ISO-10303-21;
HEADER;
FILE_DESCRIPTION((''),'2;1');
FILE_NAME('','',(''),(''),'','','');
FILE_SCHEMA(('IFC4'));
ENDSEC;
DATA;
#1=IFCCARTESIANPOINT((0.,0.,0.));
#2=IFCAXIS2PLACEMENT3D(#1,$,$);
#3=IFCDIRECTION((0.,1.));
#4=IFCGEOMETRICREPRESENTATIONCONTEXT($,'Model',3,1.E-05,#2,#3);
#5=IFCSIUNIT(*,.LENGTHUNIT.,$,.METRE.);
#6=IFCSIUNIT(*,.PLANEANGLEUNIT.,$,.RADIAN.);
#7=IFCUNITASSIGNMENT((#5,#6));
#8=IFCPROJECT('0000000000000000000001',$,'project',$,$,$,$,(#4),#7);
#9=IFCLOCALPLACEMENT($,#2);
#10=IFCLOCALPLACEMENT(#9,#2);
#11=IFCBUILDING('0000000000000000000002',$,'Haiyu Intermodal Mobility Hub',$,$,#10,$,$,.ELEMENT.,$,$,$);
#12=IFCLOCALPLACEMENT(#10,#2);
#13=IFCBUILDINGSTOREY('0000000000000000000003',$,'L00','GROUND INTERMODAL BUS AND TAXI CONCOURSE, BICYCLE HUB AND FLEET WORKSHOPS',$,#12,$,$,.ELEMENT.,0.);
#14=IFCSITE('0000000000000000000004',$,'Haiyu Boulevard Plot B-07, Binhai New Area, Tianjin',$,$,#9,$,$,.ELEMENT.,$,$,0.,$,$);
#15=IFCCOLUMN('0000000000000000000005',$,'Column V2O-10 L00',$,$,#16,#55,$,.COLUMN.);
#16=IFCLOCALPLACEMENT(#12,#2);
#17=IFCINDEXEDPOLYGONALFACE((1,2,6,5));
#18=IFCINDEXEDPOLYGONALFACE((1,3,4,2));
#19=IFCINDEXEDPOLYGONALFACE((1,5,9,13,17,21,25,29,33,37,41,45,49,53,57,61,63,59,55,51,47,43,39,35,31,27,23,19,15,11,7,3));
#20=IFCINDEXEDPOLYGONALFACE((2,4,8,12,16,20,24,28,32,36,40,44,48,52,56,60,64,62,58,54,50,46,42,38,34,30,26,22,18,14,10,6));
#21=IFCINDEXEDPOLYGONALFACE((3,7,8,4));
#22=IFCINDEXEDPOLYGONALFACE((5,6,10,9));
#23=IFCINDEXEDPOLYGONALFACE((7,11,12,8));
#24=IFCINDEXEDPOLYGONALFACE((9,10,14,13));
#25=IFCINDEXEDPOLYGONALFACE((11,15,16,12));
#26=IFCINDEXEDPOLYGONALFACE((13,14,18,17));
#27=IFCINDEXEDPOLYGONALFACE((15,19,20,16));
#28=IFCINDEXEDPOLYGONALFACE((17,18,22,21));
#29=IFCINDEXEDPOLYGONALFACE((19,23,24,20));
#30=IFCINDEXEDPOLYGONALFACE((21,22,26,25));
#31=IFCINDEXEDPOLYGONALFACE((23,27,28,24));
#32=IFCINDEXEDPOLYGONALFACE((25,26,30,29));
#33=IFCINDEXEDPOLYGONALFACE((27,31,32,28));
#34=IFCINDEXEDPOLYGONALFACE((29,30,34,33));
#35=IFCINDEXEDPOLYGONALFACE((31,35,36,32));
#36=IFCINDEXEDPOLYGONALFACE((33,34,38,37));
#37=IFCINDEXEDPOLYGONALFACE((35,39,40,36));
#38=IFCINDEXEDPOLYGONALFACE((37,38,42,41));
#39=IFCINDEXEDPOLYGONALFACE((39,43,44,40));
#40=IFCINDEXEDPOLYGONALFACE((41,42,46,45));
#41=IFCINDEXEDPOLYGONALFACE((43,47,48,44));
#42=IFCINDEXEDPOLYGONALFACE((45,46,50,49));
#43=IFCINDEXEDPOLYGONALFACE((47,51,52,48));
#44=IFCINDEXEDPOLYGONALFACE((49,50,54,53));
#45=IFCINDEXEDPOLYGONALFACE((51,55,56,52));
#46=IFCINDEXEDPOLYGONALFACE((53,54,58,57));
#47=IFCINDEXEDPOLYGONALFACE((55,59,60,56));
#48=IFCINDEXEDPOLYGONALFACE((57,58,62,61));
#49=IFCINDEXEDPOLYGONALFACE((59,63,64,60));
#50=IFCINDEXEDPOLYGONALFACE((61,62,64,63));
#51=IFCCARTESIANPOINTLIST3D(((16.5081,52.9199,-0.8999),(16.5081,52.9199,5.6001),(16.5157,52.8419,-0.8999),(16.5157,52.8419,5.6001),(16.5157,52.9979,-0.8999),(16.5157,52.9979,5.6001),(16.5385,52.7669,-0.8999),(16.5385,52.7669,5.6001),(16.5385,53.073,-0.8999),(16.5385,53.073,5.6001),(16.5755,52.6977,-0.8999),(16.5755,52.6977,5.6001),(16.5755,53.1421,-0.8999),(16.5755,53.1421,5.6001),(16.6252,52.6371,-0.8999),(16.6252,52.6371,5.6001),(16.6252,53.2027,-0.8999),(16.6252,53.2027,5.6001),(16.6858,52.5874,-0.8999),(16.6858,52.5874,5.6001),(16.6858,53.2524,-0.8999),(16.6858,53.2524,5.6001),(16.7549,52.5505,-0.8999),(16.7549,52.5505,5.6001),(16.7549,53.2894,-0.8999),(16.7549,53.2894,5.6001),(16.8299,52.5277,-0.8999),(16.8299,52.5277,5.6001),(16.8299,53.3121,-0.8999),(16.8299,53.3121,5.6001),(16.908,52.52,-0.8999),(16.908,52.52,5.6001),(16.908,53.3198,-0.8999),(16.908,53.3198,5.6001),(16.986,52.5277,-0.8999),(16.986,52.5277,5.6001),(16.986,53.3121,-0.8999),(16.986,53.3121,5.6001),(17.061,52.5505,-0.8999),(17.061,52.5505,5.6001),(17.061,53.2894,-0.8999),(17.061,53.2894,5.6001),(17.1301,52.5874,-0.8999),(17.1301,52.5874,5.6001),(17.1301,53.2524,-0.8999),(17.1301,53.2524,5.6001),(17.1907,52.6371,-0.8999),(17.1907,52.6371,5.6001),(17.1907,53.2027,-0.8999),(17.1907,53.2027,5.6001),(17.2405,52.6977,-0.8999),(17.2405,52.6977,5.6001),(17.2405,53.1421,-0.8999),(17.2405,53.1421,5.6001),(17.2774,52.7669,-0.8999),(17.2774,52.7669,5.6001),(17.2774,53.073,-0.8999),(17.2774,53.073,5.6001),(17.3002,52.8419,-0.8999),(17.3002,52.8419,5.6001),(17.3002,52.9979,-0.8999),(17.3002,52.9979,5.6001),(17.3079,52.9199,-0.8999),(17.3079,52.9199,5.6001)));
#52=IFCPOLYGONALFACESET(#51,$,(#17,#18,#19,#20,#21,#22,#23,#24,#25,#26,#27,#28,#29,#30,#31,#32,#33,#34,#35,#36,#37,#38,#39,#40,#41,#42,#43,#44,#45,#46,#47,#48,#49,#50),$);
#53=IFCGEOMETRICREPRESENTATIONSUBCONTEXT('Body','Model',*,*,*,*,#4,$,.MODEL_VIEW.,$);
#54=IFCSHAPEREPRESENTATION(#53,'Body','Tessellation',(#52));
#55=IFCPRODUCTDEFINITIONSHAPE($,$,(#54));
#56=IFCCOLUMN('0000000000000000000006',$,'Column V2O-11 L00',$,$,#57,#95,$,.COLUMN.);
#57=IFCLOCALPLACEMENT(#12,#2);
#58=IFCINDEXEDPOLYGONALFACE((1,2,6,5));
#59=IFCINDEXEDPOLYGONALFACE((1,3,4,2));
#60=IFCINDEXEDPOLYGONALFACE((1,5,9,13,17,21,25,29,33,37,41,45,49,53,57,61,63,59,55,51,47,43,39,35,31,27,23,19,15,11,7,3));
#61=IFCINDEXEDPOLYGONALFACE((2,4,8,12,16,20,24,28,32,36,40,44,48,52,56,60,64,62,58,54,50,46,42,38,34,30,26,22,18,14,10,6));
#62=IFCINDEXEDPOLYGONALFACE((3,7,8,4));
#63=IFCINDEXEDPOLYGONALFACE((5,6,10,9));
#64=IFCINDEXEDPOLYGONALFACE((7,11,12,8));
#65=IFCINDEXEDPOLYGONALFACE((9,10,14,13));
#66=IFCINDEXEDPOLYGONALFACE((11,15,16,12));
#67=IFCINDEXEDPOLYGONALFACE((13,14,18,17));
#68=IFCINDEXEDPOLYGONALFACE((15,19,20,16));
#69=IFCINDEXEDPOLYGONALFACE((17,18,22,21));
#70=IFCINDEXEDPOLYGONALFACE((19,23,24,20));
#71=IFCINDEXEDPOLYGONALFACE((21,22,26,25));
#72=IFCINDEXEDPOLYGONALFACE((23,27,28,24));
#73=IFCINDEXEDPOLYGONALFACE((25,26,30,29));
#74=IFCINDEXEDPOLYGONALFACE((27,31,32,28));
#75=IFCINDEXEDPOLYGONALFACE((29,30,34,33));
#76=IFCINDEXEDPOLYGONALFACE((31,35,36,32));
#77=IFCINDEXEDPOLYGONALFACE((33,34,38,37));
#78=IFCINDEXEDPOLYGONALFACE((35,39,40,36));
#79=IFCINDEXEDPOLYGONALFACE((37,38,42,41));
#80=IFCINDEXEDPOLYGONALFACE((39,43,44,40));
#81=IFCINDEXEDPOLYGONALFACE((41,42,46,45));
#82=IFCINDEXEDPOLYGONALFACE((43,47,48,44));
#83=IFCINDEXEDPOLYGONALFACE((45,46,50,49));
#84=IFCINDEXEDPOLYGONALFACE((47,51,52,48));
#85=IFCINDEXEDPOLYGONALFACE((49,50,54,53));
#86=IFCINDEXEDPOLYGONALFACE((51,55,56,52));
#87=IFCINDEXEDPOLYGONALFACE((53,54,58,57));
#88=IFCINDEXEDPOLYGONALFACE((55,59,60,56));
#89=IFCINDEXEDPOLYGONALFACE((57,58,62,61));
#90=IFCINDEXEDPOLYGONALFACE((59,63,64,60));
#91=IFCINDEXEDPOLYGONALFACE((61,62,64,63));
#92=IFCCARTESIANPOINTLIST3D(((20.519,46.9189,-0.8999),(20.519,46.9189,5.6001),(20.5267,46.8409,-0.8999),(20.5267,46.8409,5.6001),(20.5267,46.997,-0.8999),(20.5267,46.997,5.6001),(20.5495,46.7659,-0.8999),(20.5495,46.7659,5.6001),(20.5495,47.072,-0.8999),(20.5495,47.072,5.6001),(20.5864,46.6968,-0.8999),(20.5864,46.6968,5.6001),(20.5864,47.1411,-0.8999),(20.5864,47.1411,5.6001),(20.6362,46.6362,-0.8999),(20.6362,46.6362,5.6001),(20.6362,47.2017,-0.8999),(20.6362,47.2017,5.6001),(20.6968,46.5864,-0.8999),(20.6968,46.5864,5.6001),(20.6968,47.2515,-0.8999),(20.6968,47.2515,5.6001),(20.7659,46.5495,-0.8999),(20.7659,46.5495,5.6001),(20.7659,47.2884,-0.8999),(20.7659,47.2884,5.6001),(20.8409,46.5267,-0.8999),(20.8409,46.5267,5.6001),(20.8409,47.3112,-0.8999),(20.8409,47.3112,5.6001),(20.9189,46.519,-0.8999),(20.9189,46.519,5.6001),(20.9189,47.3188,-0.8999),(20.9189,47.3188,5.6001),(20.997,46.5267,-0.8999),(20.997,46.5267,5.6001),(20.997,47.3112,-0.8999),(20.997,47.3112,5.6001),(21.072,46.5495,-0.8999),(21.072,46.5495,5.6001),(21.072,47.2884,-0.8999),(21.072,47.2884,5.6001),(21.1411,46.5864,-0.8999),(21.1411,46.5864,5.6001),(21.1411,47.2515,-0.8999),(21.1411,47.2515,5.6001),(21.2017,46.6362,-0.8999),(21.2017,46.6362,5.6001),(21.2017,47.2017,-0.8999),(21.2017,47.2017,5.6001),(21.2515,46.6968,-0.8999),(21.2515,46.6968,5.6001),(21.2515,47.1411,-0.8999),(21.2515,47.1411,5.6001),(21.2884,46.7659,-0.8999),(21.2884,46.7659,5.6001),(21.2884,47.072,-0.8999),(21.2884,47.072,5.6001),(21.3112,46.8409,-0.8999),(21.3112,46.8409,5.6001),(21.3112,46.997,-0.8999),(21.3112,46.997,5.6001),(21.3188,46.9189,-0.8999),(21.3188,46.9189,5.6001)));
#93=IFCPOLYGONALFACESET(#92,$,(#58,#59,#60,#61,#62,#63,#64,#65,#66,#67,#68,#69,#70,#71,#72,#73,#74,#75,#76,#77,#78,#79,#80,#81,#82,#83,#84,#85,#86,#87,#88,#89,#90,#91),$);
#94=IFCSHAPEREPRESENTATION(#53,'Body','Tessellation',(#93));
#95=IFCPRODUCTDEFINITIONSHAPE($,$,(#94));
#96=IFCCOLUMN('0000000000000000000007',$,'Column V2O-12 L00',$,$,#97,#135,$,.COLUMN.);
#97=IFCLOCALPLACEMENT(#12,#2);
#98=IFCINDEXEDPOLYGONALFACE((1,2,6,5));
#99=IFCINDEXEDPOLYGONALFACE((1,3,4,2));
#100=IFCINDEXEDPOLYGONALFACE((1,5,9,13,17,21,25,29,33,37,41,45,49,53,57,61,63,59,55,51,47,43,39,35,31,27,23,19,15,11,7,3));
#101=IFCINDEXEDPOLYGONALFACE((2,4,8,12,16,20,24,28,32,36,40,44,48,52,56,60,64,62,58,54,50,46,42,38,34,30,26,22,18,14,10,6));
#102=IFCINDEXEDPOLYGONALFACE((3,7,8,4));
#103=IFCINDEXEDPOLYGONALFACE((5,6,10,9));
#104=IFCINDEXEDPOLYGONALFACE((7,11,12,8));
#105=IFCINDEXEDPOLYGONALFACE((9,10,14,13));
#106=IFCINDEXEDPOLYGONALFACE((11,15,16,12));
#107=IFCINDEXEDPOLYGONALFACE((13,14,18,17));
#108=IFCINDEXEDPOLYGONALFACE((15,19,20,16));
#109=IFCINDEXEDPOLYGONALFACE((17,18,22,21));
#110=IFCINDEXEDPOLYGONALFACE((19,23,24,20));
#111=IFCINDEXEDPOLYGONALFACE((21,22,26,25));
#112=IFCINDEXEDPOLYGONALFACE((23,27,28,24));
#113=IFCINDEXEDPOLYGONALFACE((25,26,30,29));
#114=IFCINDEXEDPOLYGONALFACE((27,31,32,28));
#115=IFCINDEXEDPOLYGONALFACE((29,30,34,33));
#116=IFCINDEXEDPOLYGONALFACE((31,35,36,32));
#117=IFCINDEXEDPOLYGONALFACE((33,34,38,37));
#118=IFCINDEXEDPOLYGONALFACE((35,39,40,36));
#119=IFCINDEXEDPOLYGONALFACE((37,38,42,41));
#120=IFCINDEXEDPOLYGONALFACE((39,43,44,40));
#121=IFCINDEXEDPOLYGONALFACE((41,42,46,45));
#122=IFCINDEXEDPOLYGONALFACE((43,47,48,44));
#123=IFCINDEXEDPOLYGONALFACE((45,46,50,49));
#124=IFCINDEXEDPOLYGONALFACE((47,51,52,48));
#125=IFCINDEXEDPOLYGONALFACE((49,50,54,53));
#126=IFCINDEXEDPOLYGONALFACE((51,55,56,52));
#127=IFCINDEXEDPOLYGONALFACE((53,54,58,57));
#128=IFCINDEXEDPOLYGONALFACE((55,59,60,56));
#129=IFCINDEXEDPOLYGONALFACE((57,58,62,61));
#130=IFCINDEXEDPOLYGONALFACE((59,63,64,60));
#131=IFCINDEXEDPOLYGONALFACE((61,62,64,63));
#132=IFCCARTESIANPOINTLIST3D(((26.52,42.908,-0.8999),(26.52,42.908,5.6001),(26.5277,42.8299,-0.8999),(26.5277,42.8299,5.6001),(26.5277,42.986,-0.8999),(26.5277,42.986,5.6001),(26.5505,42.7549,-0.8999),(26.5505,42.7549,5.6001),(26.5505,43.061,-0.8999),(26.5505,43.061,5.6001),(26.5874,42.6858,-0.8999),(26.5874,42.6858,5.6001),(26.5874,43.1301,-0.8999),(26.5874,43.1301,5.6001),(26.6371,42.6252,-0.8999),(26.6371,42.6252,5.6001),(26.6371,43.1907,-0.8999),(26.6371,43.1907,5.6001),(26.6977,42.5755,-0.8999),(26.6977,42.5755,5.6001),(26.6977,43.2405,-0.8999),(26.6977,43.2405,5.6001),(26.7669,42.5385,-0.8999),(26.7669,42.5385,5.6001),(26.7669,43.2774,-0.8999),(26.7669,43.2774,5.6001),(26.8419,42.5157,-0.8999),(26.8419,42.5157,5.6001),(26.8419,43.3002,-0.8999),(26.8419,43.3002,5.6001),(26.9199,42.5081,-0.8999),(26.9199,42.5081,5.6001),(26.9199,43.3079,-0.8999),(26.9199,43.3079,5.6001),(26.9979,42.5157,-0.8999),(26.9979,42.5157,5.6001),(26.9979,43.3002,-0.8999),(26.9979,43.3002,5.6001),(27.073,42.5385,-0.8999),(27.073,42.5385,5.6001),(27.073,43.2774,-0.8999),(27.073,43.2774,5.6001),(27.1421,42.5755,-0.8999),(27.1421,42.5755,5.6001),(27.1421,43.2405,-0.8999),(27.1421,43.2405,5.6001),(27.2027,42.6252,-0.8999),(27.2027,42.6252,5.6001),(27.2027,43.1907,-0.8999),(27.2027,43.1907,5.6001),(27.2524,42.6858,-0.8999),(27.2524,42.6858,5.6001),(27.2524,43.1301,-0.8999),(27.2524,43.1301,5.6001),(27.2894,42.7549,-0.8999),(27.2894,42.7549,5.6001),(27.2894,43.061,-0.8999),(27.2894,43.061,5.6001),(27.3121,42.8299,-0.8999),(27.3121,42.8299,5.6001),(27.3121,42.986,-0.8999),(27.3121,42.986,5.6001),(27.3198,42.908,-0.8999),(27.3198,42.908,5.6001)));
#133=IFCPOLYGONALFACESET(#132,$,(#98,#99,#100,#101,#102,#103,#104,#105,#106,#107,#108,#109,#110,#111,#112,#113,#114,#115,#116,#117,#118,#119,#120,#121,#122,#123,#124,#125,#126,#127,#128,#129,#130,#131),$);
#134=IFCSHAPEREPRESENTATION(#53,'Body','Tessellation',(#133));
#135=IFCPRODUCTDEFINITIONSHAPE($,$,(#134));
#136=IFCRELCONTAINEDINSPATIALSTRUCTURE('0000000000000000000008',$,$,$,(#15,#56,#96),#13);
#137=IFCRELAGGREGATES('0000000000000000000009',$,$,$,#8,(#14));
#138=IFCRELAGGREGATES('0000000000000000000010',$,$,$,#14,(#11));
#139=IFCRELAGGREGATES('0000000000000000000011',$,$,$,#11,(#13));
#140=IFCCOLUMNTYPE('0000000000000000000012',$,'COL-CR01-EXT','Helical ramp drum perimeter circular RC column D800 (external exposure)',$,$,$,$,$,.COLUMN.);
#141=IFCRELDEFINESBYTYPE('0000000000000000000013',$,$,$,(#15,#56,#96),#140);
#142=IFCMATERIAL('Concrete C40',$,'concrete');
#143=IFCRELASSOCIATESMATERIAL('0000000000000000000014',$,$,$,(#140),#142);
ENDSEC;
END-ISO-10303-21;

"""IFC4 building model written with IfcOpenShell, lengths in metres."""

from ifc_helpers import new_model, si_unit, direction, frame, origin, origin_2d, place, context, subcontext, project, spatial, circle, extrude, material, material_profile, profile_set, type_object, element, save


model = new_model("IFC4")

# Units and contexts
model_context = context("Model", 3, precision=1e-05, world=origin(), true_north=direction((0.0, 1.0)))
body_context = subcontext(model_context, "Body", "Model", "MODEL_VIEW")
ifc_project = project(units=[si_unit("LENGTHUNIT", "METRE"), si_unit("PLANEANGLEUNIT", "RADIAN")], contexts=[model_context])

# Site, building, storey
site_placement = place(None, origin())
site = spatial("IfcSite", under=ifc_project, at=site_placement, Name="Haiyu Boulevard Plot B-07, Binhai New Area, Tianjin", CompositionType="ELEMENT", RefElevation=0.0)
building_placement = place(site_placement, origin())
building = spatial("IfcBuilding", under=site, at=building_placement, Name="Haiyu Intermodal Mobility Hub", CompositionType="ELEMENT")
storey_placement = place(building_placement, origin())
storey = spatial("IfcBuildingStorey", under=building, at=storey_placement, Name="L00", Description="GROUND INTERMODAL BUS AND TAXI CONCOURSE, BICYCLE HUB AND FLEET WORKSHOPS", CompositionType="ELEMENT", Elevation=0.0)

# Shared definitions
ifc_material_1 = material(Name="Concrete C40", Category="concrete")

# Columns
ifc_material_profile_1 = material_profile(ifc_material_1, circle(Radius=0.3999, at=origin_2d()), Name="RCCOL-D800")
ifc_profile_set_1 = profile_set([ifc_material_profile_1], Name="Concrete C40")
column_type_1 = type_object("IfcColumnType", Name="COL-CR01-EXT", Description="Helical ramp drum perimeter circular RC column D800 (external exposure)", PredefinedType="COLUMN", material=ifc_profile_set_1)
for number, where, z_axis, x_axis, name in (
    (1, (16.908, 52.9199, -0.8999), (0.0, 0.0, 1.0), (1.0, 0.0, 0.0), "Column V2O-10 L00"),
    (2, (20.9189, 46.9189, -0.8999), (0.0, 0.0, 1.0), (1.0, 0.0, 0.0), "Column V2O-11 L00"),
    (3, (26.9199, 42.908, -0.8999), (0.0, 0.0, 1.0), (1.0, 0.0, 0.0), "Column V2O-12 L00"),
):
    element("IfcColumn", number, at=place(storey_placement, frame(where, z_axis=z_axis, x_axis=x_axis)), inside=storey, type_object=column_type_1, Name=name, PredefinedType="COLUMN", context=body_context, shape_type="SweptSolid", body=[
        extrude(circle(Radius=0.3999, at=origin_2d()), origin(), (0.0, 0.0, 1.0), 6.5),
    ])

save(model, "model.ifc")
